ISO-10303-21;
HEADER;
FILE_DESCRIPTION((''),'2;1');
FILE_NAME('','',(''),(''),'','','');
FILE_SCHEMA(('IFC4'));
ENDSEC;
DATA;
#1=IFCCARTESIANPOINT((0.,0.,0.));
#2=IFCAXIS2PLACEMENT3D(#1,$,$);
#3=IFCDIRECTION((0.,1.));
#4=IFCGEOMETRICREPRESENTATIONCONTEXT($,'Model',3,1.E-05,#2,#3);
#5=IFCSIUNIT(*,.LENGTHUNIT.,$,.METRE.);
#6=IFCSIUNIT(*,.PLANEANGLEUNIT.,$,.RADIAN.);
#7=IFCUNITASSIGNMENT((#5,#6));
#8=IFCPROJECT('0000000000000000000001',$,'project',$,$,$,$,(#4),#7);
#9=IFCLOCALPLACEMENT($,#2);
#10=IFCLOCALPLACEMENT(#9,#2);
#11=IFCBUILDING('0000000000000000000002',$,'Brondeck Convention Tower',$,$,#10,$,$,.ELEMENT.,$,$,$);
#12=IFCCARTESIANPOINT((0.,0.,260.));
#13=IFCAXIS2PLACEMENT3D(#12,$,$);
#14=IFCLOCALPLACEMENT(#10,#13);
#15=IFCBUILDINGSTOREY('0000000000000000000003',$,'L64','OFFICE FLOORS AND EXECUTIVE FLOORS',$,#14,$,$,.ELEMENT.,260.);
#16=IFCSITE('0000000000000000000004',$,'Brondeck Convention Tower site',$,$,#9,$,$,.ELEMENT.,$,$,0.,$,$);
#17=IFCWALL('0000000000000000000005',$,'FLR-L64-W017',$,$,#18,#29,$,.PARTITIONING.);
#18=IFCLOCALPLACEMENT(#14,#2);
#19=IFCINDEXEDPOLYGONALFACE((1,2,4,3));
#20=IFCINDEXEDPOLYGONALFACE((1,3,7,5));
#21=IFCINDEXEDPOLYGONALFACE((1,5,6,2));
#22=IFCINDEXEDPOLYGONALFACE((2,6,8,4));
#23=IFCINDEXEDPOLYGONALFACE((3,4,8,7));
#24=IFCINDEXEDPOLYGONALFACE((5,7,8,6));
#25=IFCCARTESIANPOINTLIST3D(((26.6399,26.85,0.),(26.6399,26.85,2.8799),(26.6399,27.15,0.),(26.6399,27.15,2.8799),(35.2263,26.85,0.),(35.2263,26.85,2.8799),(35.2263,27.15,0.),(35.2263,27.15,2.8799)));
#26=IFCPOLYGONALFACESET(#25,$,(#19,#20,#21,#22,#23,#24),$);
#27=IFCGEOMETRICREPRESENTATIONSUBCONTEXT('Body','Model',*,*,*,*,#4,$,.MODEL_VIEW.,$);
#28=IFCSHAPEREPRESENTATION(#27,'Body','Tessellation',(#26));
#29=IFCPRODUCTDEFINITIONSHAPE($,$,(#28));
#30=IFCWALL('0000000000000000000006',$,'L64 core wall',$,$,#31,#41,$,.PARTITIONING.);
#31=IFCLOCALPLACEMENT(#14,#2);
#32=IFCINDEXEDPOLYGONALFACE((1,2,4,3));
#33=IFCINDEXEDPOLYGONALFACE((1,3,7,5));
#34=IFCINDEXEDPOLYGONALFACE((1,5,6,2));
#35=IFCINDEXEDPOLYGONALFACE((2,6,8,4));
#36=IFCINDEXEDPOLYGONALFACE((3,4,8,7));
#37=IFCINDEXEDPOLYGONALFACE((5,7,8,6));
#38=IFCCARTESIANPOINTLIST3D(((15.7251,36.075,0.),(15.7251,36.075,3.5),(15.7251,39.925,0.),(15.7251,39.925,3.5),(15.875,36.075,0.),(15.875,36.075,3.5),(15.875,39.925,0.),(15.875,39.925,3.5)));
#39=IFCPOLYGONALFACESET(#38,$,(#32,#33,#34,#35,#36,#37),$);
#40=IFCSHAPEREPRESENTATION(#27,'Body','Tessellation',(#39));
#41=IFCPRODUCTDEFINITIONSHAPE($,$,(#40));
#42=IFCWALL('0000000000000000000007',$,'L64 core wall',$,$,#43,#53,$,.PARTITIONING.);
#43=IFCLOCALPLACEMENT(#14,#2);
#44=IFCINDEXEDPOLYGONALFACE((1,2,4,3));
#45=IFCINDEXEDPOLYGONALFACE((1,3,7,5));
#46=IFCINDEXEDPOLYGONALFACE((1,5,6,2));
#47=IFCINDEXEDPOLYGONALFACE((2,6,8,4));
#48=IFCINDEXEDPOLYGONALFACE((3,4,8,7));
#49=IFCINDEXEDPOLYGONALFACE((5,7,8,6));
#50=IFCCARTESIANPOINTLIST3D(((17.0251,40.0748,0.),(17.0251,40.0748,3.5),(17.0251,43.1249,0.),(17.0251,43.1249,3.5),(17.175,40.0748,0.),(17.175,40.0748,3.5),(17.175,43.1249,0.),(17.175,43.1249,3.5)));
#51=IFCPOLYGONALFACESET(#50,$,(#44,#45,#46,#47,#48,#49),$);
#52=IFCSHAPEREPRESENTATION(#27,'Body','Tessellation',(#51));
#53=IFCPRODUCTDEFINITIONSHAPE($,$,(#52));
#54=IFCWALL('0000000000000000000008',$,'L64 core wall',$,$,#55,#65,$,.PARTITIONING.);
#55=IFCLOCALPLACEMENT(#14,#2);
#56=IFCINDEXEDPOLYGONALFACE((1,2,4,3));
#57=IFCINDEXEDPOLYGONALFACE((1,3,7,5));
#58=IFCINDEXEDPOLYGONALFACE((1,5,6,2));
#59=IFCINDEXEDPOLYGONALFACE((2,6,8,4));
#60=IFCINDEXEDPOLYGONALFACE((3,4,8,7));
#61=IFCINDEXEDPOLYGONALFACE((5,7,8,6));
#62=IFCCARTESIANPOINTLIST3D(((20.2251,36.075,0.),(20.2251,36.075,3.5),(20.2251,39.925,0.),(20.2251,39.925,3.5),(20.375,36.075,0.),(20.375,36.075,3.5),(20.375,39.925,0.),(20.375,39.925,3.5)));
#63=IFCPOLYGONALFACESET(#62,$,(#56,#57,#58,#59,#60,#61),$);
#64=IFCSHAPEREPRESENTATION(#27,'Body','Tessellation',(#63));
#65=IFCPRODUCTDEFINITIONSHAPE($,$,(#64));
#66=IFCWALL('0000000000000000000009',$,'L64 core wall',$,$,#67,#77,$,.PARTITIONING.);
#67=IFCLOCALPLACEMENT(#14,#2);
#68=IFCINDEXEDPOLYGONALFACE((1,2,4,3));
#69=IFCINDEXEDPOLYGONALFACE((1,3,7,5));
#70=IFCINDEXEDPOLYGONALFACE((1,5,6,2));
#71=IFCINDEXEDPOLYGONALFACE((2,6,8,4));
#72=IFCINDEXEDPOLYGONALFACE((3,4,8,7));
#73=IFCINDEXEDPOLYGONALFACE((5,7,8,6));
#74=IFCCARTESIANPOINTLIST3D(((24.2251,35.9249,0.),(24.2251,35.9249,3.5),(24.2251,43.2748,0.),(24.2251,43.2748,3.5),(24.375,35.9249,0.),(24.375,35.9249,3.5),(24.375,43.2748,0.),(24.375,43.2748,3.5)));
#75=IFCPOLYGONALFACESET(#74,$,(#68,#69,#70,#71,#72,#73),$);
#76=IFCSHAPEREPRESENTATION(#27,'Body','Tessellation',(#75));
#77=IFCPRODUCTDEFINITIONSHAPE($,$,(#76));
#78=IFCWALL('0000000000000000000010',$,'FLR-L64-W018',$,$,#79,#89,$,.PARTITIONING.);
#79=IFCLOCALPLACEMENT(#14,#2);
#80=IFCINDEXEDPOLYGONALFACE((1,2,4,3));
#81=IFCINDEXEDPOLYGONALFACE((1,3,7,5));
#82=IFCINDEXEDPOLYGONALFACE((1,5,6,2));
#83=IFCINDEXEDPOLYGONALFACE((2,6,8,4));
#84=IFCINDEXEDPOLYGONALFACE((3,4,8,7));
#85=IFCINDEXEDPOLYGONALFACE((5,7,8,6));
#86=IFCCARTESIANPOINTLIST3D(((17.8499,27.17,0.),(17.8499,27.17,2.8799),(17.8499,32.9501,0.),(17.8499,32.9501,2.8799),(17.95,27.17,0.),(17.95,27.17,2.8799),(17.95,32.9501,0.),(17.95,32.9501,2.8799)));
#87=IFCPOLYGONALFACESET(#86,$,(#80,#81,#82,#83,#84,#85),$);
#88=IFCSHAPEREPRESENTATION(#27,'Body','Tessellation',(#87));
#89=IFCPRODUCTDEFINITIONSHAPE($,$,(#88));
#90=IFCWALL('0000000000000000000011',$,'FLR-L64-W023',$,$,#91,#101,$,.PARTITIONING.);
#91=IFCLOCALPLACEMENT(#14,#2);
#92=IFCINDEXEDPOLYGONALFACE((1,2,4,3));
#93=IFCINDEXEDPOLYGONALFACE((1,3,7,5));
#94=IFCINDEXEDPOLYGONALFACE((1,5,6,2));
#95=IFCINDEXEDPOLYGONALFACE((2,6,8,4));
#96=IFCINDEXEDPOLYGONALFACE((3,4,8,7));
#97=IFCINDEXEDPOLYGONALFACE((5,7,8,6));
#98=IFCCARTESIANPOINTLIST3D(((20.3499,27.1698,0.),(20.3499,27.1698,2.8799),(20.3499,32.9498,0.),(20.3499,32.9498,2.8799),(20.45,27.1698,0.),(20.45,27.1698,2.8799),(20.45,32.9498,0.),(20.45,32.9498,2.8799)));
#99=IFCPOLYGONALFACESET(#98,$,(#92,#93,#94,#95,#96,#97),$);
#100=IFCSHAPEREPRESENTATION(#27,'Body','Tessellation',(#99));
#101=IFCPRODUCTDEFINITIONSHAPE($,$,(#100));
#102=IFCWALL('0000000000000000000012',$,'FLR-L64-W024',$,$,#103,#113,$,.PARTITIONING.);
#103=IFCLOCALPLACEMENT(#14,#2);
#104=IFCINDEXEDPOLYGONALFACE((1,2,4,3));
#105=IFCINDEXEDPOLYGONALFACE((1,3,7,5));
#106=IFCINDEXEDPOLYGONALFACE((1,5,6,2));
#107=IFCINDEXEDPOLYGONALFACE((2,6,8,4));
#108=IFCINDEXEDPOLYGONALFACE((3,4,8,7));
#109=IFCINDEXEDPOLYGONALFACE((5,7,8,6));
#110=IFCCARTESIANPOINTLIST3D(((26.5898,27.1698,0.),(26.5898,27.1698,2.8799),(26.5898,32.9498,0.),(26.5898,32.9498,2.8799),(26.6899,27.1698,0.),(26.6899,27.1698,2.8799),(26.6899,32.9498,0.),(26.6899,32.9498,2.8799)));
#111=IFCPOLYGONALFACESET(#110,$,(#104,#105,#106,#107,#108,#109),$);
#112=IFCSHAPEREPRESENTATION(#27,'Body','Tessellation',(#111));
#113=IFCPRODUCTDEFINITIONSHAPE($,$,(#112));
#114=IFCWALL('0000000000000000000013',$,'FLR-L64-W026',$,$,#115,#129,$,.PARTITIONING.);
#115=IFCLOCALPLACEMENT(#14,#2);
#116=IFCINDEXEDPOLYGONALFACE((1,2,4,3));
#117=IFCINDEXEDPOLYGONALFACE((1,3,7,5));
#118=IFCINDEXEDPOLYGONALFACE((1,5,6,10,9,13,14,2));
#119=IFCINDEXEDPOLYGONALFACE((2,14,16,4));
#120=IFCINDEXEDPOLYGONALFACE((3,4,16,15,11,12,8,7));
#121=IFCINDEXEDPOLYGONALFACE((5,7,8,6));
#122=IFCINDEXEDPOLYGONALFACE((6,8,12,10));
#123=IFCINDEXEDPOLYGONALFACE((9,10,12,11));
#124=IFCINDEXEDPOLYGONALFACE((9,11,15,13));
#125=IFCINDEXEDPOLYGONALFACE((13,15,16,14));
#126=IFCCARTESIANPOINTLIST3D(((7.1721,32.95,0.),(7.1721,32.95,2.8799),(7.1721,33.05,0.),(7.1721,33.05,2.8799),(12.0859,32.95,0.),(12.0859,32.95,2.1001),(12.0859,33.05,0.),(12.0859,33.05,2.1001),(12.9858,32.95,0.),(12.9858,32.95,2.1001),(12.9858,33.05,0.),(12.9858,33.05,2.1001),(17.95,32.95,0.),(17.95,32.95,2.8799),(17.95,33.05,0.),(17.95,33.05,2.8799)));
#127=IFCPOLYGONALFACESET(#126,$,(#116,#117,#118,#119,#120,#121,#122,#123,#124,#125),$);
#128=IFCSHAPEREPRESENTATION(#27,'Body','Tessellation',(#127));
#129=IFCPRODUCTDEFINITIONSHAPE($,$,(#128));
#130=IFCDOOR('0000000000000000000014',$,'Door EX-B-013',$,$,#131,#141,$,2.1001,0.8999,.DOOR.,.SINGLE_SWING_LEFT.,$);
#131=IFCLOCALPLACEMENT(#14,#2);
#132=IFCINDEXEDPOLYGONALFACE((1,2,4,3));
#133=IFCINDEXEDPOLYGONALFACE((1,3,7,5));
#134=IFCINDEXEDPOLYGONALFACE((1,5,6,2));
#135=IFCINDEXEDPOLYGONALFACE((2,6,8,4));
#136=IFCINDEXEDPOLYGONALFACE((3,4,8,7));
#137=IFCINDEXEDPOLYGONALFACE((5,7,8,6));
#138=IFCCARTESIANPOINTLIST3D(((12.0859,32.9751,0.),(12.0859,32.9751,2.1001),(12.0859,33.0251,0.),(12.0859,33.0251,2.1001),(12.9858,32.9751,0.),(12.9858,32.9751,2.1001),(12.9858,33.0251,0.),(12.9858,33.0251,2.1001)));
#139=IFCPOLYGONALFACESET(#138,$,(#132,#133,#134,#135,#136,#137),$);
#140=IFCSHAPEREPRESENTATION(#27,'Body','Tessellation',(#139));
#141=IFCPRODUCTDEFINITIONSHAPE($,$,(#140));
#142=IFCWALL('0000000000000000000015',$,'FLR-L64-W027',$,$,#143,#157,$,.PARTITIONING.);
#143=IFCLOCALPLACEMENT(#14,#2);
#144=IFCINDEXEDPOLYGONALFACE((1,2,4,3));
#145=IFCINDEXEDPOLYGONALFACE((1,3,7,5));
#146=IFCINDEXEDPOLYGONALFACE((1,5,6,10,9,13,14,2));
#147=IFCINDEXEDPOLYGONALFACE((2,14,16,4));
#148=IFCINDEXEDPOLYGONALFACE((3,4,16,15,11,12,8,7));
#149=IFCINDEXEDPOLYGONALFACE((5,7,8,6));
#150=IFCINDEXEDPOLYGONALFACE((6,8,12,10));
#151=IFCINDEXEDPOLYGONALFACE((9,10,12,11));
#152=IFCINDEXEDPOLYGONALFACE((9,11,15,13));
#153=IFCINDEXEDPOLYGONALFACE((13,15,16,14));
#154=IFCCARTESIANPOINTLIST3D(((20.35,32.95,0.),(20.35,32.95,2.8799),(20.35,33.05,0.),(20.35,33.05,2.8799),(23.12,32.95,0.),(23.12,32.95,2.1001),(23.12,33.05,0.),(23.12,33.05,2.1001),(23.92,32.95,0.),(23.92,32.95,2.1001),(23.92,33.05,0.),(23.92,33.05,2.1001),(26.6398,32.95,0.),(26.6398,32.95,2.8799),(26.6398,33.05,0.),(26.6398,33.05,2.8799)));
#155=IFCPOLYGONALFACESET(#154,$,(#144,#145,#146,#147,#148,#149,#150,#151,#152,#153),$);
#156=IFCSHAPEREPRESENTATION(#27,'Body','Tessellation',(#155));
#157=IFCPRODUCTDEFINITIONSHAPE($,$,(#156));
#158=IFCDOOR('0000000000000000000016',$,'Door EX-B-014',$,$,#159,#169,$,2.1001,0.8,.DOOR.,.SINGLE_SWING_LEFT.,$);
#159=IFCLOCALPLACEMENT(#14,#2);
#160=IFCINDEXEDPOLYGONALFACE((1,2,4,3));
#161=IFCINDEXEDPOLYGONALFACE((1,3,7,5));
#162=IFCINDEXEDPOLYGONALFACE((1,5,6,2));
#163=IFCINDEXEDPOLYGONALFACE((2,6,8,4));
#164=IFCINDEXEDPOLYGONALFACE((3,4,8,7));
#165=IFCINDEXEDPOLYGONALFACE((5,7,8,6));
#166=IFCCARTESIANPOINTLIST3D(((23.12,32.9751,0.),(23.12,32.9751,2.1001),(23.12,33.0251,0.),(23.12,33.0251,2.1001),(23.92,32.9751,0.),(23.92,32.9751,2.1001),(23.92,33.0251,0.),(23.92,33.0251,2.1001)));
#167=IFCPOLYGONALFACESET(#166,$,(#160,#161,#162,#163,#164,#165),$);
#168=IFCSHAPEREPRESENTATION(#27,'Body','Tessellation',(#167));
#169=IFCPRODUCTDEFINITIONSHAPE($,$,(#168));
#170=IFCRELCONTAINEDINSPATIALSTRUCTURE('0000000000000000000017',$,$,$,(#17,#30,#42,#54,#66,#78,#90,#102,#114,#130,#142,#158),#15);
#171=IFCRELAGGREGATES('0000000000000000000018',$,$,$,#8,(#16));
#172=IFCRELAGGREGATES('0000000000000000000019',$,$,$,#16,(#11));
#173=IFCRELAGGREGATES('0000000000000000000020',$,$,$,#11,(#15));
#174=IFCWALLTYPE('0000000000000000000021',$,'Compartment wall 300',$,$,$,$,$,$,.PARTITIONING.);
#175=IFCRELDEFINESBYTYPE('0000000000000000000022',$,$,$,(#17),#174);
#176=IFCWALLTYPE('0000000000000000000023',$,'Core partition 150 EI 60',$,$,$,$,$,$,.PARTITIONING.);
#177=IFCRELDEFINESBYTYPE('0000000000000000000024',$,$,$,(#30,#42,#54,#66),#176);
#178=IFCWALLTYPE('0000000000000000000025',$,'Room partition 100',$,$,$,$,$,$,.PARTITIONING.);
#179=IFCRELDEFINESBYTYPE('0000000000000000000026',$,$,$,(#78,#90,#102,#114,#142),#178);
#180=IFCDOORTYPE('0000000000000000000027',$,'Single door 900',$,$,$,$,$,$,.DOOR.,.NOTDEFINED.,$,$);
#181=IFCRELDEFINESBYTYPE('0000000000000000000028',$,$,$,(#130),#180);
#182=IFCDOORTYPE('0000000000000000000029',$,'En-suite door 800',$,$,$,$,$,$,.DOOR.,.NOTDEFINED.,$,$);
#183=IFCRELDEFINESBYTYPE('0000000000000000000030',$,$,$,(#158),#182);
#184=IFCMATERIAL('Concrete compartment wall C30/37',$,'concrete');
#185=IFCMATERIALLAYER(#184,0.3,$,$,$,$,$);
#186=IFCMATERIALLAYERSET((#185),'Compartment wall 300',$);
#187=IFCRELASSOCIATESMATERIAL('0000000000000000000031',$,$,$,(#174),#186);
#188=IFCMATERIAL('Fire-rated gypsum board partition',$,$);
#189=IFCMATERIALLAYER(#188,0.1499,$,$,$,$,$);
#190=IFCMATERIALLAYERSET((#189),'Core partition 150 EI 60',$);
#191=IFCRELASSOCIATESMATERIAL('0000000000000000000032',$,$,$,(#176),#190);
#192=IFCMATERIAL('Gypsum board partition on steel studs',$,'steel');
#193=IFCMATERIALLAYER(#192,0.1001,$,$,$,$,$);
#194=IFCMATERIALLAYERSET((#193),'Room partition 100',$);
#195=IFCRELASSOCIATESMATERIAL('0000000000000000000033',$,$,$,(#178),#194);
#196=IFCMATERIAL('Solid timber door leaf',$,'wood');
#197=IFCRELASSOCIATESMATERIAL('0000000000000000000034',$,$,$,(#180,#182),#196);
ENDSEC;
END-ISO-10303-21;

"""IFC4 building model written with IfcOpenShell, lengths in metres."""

from ifc_helpers import new_model, si_unit, direction, frame, frame_2d, origin, place, context, subcontext, project, spatial, rectangle, extrude, material, layer, layer_set, type_object, element, fill, save


model = new_model("IFC4")

# Units and contexts
model_context = context("Model", 3, precision=1e-05, world=origin(), true_north=direction((0.0, 1.0)))
body_context = subcontext(model_context, "Body", "Model", "MODEL_VIEW")
ifc_project = project(units=[si_unit("LENGTHUNIT", "METRE"), si_unit("PLANEANGLEUNIT", "RADIAN")], contexts=[model_context])

# Site, building, storey
site_placement = place(None, origin())
site = spatial("IfcSite", under=ifc_project, at=site_placement, Name="Brondeck Convention Tower site", CompositionType="ELEMENT", RefElevation=0.0)
building_placement = place(site_placement, origin())
building = spatial("IfcBuilding", under=site, at=building_placement, Name="Brondeck Convention Tower", CompositionType="ELEMENT")
storey_placement = place(building_placement, frame((0.0, 0.0, 260.0)))
storey = spatial("IfcBuildingStorey", under=building, at=storey_placement, Name="L64", Description="OFFICE FLOORS AND EXECUTIVE FLOORS", CompositionType="ELEMENT", Elevation=260.0)

# Shared definitions
ifc_material_1 = material(Name="Concrete compartment wall C30/37", Category="concrete")
ifc_layer_1 = layer(ifc_material_1, 0.3)
ifc_layer_set_1 = layer_set([ifc_layer_1], Name="Compartment wall 300")
wall_type_1 = type_object("IfcWallType", Name="Compartment wall 300", PredefinedType="PARTITIONING", material=ifc_layer_set_1)

# Walls
wall_1_placement = place(storey_placement, frame((26.6399, 27.0, 0.0), z_axis=(0.0, 0.0, 1.0), x_axis=(1.0, 0.0, 0.0)))
element("IfcWall", 1, at=wall_1_placement, inside=storey, type_object=wall_type_1, Name="FLR-L64-W017", PredefinedType="PARTITIONING", context=body_context, shape_type="SweptSolid", body=[
    extrude(rectangle(XDim=8.5864, YDim=0.3, at=frame_2d((4.2932, 0.0))), origin(), (0.0, 0.0, 1.0), 2.8799),
])
ifc_material_2 = material(Name="Fire-rated gypsum board partition")
ifc_layer_2 = layer(ifc_material_2, 0.1499)
ifc_layer_set_2 = layer_set([ifc_layer_2], Name="Core partition 150 EI 60")
wall_type_2 = type_object("IfcWallType", Name="Core partition 150 EI 60", PredefinedType="PARTITIONING", material=ifc_layer_set_2)
wall_2_placement = place(storey_placement, frame((15.8, 36.075, 0.0), z_axis=(0.0, 0.0, 1.0), x_axis=(0.0, 1.0, 0.0)))
element("IfcWall", 2, at=wall_2_placement, inside=storey, type_object=wall_type_2, Name="L64 core wall", PredefinedType="PARTITIONING", context=body_context, shape_type="SweptSolid", body=[
    extrude(rectangle(XDim=3.8501, YDim=0.1499, at=frame_2d((1.925, 0.0))), origin(), (0.0, 0.0, 1.0), 3.5),
])
wall_3_placement = place(storey_placement, frame((17.1001, 40.075, 0.0), z_axis=(0.0, 0.0, 1.0), x_axis=(0.0, 1.0, 0.0)))
element("IfcWall", 3, at=wall_3_placement, inside=storey, type_object=wall_type_2, Name="L64 core wall", PredefinedType="PARTITIONING", context=body_context, shape_type="SweptSolid", body=[
    extrude(rectangle(XDim=3.05, YDim=0.1499, at=frame_2d((1.5249, 0.0))), origin(), (0.0, 0.0, 1.0), 3.5),
])
wall_4_placement = place(storey_placement, frame((20.3, 36.075, 0.0), z_axis=(0.0, 0.0, 1.0), x_axis=(0.0, 1.0, 0.0)))
element("IfcWall", 4, at=wall_4_placement, inside=storey, type_object=wall_type_2, Name="L64 core wall", PredefinedType="PARTITIONING", context=body_context, shape_type="SweptSolid", body=[
    extrude(rectangle(XDim=3.8501, YDim=0.1499, at=frame_2d((1.925, 0.0))), origin(), (0.0, 0.0, 1.0), 3.5),
])
wall_5_placement = place(storey_placement, frame((24.3, 35.925, 0.0), z_axis=(0.0, 0.0, 1.0), x_axis=(0.0, 1.0, 0.0)))
element("IfcWall", 5, at=wall_5_placement, inside=storey, type_object=wall_type_2, Name="L64 core wall", PredefinedType="PARTITIONING", context=body_context, shape_type="SweptSolid", body=[
    extrude(rectangle(XDim=7.3499, YDim=0.1499, at=frame_2d((3.6748, 0.0))), origin(), (0.0, 0.0, 1.0), 3.5),
])
ifc_material_3 = material(Name="Gypsum board partition on steel studs", Category="steel")
ifc_layer_3 = layer(ifc_material_3, 0.1001)
ifc_layer_set_3 = layer_set([ifc_layer_3], Name="Room partition 100")
wall_type_3 = type_object("IfcWallType", Name="Room partition 100", PredefinedType="PARTITIONING", material=ifc_layer_set_3)
for number, where, z_axis, x_axis, name in (
    (6, (17.8999, 27.1699, 0.0), (0.0, 0.0, 1.0), (0.0, 1.0, 0.0), "FLR-L64-W018"),
    (7, (20.3999, 32.95, 0.0), (0.0, 0.0, 1.0), (0.0, -1.0, 0.0), "FLR-L64-W023"),
    (8, (26.6399, 32.95, 0.0), (0.0, 0.0, 1.0), (0.0, -1.0, 0.0), "FLR-L64-W024"),
):
    element("IfcWall", number, at=place(storey_placement, frame(where, z_axis=z_axis, x_axis=x_axis)), inside=storey, type_object=wall_type_3, Name=name, PredefinedType="PARTITIONING", context=body_context, shape_type="SweptSolid", body=[
        extrude(rectangle(XDim=5.78, YDim=0.1001, at=frame_2d((2.8901, 0.0))), origin(), (0.0, 0.0, 1.0), 2.8799),
    ])

# Walls, openings, doors
wall_6_placement = place(storey_placement, frame((17.95, 33.0, 0.0), z_axis=(0.0, 0.0, 1.0), x_axis=(-1.0, 0.0, 0.0)))
wall_6 = element("IfcWall", 9, at=wall_6_placement, inside=storey, type_object=wall_type_3, Name="FLR-L64-W026", PredefinedType="PARTITIONING", context=body_context, shape_type="SweptSolid", body=[
    extrude(rectangle(XDim=10.7778, YDim=0.1001, at=frame_2d((5.3889, 0.0))), origin(), (0.0, 0.0, 1.0), 2.8799),
])
opening_1_placement = place(wall_6_placement, frame((4.9641, 0.0, 0.0)))
opening_1 = element("IfcOpeningElement", 10, at=opening_1_placement, cuts=wall_6, PredefinedType="OPENING", context=body_context, shape_type="SweptSolid", body=[
    extrude(rectangle(XDim=0.8999, YDim=2.1001, at=frame_2d((0.45, 1.05))), frame((0.0, 0.0601, 0.0), z_axis=(0.0, -1.0, 0.0), x_axis=(1.0, 0.0, 0.0)), (0.0, 0.0, 1.0), 0.1201),
])
ifc_material_4 = material(Name="Solid timber door leaf", Category="wood")
door_type_1 = type_object("IfcDoorType", Name="Single door 900", OperationType="NOTDEFINED", PredefinedType="DOOR", material=ifc_material_4)
door_1_placement = place(opening_1_placement, origin())
door_1 = element("IfcDoor", 11, at=door_1_placement, inside=storey, type_object=door_type_1, Name="Door EX-B-013", OperationType="SINGLE_SWING_LEFT", OverallHeight=2.1001, OverallWidth=0.8999, PredefinedType="DOOR", context=body_context, shape_type="SweptSolid", body=[
    extrude(rectangle(XDim=0.8999, YDim=2.1001, at=frame_2d((0.45, 1.05))), frame((0.0, 0.0249, 0.0), z_axis=(0.0, -1.0, 0.0), x_axis=(1.0, 0.0, 0.0)), (0.0, 0.0, 1.0), 0.05),
])
fill(opening_1, door_1)
wall_7_placement = place(storey_placement, frame((26.6399, 33.0, 0.0), z_axis=(0.0, 0.0, 1.0), x_axis=(-1.0, 0.0, 0.0)))
wall_7 = element("IfcWall", 12, at=wall_7_placement, inside=storey, type_object=wall_type_3, Name="FLR-L64-W027", PredefinedType="PARTITIONING", context=body_context, shape_type="SweptSolid", body=[
    extrude(rectangle(XDim=6.2898, YDim=0.1001, at=frame_2d((3.145, 0.0))), origin(), (0.0, 0.0, 1.0), 2.8799),
])
opening_2_placement = place(wall_7_placement, frame((2.72, 0.0, 0.0)))
opening_2 = element("IfcOpeningElement", 13, at=opening_2_placement, cuts=wall_7, PredefinedType="OPENING", context=body_context, shape_type="SweptSolid", body=[
    extrude(rectangle(XDim=0.8, YDim=2.1001, at=frame_2d((0.3999, 1.05))), frame((0.0, 0.0601, 0.0), z_axis=(0.0, -1.0, 0.0), x_axis=(1.0, 0.0, 0.0)), (0.0, 0.0, 1.0), 0.1201),
])
door_type_2 = type_object("IfcDoorType", Name="En-suite door 800", OperationType="NOTDEFINED", PredefinedType="DOOR", material=ifc_material_4)
door_2_placement = place(opening_2_placement, origin())
door_2 = element("IfcDoor", 14, at=door_2_placement, inside=storey, type_object=door_type_2, Name="Door EX-B-014", OperationType="SINGLE_SWING_LEFT", OverallHeight=2.1001, OverallWidth=0.8, PredefinedType="DOOR", context=body_context, shape_type="SweptSolid", body=[
    extrude(rectangle(XDim=0.8, YDim=2.1001, at=frame_2d((0.3999, 1.05))), frame((0.0, 0.0249, 0.0), z_axis=(0.0, -1.0, 0.0), x_axis=(1.0, 0.0, 0.0)), (0.0, 0.0, 1.0), 0.05),
])
fill(opening_2, door_2)

save(model, "model.ifc")
